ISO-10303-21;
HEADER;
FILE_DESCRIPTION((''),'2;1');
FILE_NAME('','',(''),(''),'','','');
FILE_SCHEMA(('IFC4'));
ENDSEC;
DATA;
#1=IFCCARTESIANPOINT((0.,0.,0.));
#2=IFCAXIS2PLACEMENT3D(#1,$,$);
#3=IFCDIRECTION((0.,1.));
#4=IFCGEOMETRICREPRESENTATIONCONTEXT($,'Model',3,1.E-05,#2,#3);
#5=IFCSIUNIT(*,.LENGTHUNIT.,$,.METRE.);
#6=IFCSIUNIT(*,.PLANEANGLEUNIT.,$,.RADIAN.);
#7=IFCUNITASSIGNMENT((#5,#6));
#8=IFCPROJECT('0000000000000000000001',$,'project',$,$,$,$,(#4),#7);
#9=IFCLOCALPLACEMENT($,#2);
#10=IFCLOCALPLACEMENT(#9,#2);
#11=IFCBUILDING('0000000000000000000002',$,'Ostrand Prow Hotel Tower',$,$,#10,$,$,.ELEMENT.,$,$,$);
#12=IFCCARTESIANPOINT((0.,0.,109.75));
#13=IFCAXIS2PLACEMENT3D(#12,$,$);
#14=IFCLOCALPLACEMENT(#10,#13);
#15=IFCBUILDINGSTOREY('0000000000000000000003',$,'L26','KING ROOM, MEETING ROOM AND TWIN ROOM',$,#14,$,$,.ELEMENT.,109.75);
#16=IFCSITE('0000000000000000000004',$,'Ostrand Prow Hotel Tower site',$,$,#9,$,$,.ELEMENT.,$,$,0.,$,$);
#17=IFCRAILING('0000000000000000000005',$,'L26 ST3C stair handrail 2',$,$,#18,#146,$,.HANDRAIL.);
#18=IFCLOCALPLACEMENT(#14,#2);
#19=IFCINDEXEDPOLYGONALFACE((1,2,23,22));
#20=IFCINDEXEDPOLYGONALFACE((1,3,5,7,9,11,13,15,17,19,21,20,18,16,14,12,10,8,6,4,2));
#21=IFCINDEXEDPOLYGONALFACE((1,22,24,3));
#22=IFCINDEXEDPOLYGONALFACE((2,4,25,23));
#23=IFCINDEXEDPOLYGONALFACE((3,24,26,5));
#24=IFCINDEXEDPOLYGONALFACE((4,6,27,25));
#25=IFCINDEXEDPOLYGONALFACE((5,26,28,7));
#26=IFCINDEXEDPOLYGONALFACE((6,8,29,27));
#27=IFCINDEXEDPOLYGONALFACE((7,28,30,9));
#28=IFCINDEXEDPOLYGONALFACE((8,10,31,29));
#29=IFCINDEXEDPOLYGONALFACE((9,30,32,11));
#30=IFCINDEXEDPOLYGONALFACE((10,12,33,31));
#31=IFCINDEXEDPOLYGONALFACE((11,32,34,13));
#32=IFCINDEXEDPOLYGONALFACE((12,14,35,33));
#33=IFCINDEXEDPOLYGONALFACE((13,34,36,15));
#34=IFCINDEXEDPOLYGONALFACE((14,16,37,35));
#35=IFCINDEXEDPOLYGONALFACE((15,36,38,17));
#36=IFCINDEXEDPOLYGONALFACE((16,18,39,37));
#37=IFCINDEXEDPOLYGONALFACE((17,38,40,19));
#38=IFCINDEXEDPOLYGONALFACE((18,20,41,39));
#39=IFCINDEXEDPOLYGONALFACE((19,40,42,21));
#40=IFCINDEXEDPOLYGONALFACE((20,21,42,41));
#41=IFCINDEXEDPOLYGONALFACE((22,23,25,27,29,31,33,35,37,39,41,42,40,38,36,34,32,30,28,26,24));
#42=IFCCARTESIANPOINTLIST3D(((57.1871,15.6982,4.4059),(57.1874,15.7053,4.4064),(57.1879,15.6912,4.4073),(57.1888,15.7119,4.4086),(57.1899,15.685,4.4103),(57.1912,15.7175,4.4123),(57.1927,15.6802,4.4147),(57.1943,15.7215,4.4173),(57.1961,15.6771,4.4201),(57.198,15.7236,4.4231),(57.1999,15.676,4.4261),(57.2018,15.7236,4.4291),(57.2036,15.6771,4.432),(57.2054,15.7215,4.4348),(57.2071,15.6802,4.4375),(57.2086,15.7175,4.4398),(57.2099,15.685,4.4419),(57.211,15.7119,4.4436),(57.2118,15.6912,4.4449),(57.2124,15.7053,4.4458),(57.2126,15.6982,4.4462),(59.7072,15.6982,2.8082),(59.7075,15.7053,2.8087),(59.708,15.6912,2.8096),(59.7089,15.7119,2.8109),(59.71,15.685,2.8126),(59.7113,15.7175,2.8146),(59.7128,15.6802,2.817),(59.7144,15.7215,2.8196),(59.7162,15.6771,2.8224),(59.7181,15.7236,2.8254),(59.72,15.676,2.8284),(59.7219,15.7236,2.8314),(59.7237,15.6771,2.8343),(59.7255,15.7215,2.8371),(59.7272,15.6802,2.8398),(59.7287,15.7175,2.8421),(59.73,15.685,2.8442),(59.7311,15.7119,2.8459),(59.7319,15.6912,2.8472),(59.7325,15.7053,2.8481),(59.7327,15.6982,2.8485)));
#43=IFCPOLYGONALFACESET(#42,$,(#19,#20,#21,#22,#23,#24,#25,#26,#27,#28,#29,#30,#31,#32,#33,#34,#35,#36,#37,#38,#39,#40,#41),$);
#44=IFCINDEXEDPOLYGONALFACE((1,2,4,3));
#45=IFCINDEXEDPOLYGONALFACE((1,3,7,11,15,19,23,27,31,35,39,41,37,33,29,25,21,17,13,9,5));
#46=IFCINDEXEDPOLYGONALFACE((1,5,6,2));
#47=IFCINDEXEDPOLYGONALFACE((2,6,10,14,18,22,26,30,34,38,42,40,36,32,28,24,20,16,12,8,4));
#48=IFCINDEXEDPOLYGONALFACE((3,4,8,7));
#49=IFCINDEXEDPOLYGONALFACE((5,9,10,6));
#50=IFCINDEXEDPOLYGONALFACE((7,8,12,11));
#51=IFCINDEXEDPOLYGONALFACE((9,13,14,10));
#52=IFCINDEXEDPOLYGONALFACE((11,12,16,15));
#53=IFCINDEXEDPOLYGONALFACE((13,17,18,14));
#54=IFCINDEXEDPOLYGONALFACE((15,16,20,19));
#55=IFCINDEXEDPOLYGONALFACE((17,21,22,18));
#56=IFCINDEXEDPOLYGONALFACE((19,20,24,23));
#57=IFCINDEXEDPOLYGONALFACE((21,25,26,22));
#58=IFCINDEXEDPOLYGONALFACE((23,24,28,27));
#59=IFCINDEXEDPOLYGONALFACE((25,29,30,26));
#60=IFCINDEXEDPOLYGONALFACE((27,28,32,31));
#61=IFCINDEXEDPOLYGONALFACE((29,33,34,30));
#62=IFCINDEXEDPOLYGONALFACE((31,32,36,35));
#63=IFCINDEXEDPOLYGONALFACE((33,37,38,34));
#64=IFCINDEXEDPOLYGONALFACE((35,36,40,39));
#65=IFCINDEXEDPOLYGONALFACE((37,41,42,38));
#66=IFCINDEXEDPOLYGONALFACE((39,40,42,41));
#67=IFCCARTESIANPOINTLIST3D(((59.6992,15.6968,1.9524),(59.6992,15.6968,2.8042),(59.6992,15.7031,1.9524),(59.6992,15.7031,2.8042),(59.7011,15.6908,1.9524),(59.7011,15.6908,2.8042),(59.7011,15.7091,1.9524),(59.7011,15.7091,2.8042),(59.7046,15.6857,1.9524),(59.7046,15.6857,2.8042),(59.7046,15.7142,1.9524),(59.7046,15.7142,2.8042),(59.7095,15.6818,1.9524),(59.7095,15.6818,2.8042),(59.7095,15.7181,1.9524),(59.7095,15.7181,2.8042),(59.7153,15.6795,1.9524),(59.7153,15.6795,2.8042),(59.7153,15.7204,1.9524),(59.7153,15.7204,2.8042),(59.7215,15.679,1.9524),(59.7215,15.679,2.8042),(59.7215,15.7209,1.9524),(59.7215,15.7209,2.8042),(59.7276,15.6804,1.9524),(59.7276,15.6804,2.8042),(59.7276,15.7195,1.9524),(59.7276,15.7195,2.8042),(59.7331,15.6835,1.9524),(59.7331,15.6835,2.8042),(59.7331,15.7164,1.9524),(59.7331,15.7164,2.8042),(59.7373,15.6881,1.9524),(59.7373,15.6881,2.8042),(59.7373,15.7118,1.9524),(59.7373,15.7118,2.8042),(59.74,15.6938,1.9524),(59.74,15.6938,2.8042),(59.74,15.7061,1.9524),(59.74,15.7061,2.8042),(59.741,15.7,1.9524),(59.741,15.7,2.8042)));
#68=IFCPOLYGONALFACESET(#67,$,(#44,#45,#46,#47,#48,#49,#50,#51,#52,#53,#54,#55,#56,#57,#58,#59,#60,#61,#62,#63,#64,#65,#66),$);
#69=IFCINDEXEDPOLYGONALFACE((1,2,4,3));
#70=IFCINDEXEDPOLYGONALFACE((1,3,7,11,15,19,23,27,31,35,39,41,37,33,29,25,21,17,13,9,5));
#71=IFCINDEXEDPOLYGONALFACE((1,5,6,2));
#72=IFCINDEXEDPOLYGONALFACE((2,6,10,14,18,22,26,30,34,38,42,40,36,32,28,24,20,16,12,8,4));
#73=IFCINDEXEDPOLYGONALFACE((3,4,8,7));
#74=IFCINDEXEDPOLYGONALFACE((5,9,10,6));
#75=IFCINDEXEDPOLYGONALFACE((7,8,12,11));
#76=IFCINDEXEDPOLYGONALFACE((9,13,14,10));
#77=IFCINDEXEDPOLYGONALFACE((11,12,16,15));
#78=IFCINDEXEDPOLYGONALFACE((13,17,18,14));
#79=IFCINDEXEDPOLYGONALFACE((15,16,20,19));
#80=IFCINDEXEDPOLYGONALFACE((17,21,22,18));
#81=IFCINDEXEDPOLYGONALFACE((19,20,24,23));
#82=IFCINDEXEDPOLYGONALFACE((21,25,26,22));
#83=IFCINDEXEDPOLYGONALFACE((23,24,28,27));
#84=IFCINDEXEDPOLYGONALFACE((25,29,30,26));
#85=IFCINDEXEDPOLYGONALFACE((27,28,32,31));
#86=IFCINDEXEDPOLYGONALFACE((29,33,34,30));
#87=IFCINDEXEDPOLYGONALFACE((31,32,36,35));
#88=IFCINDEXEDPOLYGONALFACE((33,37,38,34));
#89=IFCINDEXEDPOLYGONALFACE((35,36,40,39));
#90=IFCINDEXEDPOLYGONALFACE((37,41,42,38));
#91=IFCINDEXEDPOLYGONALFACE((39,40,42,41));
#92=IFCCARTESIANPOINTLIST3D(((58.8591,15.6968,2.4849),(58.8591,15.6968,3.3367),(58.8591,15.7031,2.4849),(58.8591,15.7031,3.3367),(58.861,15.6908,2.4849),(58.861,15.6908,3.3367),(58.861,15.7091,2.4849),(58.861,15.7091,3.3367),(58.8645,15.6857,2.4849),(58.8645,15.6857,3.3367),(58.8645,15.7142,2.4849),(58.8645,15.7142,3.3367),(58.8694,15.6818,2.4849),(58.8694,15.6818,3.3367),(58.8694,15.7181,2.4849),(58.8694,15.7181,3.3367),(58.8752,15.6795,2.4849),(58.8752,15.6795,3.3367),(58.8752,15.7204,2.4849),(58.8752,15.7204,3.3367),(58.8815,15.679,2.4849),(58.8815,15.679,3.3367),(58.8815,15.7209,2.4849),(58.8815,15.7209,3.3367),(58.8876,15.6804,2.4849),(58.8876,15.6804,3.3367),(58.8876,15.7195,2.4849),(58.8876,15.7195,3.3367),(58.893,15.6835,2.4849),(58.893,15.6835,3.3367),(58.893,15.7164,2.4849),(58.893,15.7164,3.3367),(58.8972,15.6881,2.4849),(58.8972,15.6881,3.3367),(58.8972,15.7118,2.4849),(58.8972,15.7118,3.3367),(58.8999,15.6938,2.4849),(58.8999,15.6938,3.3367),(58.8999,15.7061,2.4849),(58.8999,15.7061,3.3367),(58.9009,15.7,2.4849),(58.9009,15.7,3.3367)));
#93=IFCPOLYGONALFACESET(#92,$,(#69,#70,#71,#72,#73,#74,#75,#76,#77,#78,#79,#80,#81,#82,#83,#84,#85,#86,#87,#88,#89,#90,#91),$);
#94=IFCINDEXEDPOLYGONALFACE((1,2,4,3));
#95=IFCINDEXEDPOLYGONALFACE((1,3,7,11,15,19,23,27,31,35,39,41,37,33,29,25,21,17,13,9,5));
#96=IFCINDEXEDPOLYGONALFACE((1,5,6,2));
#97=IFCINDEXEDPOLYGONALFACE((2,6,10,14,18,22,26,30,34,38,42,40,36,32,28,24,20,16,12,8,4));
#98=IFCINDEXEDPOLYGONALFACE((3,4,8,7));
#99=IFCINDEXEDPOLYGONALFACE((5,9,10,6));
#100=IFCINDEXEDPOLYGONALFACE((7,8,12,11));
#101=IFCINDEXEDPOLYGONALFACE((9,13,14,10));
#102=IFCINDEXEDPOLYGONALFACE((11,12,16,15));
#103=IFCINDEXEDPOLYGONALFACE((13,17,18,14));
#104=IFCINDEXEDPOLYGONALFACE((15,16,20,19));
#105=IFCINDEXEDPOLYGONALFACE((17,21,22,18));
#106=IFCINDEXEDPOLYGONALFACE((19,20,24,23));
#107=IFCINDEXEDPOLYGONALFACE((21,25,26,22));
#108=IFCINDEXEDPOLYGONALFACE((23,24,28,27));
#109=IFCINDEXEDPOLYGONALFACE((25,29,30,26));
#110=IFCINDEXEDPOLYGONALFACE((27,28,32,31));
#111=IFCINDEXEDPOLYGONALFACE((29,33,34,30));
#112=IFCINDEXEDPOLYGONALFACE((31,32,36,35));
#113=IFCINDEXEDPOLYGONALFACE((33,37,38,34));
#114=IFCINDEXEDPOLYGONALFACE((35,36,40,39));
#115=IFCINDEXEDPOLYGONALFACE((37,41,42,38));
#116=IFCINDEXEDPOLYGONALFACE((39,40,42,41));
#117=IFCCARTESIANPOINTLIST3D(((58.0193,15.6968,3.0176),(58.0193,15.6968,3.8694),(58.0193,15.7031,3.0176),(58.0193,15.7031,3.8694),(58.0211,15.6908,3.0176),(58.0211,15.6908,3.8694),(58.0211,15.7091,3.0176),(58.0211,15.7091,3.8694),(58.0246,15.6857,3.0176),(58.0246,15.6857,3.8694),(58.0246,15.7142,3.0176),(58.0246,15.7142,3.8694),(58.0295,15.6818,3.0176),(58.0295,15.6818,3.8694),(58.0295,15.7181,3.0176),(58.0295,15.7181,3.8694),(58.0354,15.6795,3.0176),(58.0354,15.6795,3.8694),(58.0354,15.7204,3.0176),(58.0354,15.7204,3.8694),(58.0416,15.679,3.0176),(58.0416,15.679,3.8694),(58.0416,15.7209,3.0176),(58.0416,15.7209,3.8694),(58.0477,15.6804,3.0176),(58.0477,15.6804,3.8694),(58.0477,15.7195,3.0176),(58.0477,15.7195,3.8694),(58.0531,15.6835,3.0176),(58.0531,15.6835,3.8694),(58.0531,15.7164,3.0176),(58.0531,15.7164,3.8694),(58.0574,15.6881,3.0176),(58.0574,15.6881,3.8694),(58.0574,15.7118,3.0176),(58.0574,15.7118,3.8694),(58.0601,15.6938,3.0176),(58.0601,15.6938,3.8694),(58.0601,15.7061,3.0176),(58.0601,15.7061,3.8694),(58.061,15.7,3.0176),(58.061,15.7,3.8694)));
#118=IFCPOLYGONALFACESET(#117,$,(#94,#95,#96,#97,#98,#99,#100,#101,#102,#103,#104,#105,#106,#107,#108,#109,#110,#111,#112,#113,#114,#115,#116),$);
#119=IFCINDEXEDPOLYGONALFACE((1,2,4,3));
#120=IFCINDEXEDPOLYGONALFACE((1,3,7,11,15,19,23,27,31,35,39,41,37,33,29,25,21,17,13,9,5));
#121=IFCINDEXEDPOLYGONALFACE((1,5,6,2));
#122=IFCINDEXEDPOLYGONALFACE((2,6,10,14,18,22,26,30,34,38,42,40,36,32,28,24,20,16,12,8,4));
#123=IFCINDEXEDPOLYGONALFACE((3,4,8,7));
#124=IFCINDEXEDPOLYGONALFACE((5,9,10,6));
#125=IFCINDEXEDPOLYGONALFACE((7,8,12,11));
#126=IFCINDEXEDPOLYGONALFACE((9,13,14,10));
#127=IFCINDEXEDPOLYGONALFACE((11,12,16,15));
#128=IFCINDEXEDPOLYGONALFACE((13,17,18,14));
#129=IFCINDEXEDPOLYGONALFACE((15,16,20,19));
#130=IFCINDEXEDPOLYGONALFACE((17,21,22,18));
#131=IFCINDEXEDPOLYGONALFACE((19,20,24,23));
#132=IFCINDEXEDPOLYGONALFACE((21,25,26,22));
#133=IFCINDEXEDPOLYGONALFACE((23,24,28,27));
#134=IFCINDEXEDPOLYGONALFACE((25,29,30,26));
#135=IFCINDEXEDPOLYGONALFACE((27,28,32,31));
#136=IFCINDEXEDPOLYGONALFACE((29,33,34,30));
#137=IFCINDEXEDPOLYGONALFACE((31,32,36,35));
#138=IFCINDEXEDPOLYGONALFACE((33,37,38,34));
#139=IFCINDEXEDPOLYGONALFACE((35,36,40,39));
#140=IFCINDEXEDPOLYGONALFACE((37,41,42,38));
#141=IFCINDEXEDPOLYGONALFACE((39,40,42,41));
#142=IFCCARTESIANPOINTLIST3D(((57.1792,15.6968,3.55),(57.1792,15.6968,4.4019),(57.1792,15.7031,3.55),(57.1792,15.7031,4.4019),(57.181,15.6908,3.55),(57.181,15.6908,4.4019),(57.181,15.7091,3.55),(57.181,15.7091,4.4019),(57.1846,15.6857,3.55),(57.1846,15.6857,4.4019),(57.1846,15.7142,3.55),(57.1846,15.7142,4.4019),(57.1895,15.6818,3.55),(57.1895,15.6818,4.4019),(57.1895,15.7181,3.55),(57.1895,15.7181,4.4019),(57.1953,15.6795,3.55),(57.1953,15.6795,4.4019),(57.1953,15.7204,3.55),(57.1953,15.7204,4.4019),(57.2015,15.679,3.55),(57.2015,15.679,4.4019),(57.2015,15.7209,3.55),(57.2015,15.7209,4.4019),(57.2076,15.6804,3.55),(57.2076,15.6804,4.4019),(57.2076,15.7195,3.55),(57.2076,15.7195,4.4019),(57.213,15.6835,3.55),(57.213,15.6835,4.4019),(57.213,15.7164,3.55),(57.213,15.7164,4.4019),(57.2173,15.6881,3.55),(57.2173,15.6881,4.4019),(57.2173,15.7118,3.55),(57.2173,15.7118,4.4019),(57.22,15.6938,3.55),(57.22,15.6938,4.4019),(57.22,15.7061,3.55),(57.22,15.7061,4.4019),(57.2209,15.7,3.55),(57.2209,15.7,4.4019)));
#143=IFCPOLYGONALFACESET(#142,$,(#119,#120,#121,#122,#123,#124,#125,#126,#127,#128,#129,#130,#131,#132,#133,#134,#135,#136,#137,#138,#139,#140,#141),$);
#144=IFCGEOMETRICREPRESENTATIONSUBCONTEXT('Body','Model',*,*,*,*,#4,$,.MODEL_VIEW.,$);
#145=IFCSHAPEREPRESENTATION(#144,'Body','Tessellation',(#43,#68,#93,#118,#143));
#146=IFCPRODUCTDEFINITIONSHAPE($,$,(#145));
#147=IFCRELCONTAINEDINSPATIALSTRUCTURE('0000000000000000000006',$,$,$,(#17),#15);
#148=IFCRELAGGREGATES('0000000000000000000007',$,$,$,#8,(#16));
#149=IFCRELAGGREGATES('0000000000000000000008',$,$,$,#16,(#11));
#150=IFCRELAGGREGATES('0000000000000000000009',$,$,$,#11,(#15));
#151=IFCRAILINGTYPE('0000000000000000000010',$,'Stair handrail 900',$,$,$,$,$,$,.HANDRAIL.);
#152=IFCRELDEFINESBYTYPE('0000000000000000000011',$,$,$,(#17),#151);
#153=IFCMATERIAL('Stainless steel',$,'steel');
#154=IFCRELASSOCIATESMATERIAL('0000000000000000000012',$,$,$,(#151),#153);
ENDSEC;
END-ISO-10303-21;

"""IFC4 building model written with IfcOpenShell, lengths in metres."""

from ifc_helpers import new_model, si_unit, direction, frame, origin, origin_2d, place, context, subcontext, project, spatial, circle, extrude, material, type_object, element, save


model = new_model("IFC4")

# Units and contexts
model_context = context("Model", 3, precision=1e-05, world=origin(), true_north=direction((0.0, 1.0)))
body_context = subcontext(model_context, "Body", "Model", "MODEL_VIEW")
ifc_project = project(units=[si_unit("LENGTHUNIT", "METRE"), si_unit("PLANEANGLEUNIT", "RADIAN")], contexts=[model_context])

# Site, building, storey
site_placement = place(None, origin())
site = spatial("IfcSite", under=ifc_project, at=site_placement, Name="Ostrand Prow Hotel Tower site", CompositionType="ELEMENT", RefElevation=0.0)
building_placement = place(site_placement, origin())
building = spatial("IfcBuilding", under=site, at=building_placement, Name="Ostrand Prow Hotel Tower", CompositionType="ELEMENT")
storey_placement = place(building_placement, frame((0.0, 0.0, 109.75)))
storey = spatial("IfcBuildingStorey", under=building, at=storey_placement, Name="L26", Description="KING ROOM, MEETING ROOM AND TWIN ROOM", CompositionType="ELEMENT", Elevation=109.75)

# Railing
ifc_material_1 = material(Name="Stainless steel", Category="steel")
railing_type = type_object("IfcRailingType", Name="Stair handrail 900", PredefinedType="HANDRAIL", material=ifc_material_1)
railing_placement = place(storey_placement, frame((59.72, 15.7, 1.9524)))
element("IfcRailing", 1, at=railing_placement, inside=storey, type_object=railing_type, Name="L26 ST3C stair handrail 2", PredefinedType="HANDRAIL", context=body_context, shape_type="SweptSolid", body=[
    extrude(circle(Radius=0.0239, at=origin_2d()), frame((0.0, 0.0, 0.876), z_axis=(-0.84457, 0.0, 0.535445), x_axis=(0.0, -1.0, 0.0)), (0.0, 0.0, 1.0), 2.9839),
    extrude(circle(Radius=0.021, at=origin_2d()), origin(), (0.0, 0.0, 1.0), 0.8518),
    extrude(circle(Radius=0.021, at=origin_2d()), frame((-0.8401, 0.0, 0.5325)), (0.0, 0.0, 1.0), 0.8518),
    extrude(circle(Radius=0.021, at=origin_2d()), frame((-1.6799, 0.0, 1.0652)), (0.0, 0.0, 1.0), 0.8518),
    extrude(circle(Radius=0.021, at=origin_2d()), frame((-2.52, 0.0, 1.5977)), (0.0, 0.0, 1.0), 0.8518),
])

save(model, "model.ifc")
